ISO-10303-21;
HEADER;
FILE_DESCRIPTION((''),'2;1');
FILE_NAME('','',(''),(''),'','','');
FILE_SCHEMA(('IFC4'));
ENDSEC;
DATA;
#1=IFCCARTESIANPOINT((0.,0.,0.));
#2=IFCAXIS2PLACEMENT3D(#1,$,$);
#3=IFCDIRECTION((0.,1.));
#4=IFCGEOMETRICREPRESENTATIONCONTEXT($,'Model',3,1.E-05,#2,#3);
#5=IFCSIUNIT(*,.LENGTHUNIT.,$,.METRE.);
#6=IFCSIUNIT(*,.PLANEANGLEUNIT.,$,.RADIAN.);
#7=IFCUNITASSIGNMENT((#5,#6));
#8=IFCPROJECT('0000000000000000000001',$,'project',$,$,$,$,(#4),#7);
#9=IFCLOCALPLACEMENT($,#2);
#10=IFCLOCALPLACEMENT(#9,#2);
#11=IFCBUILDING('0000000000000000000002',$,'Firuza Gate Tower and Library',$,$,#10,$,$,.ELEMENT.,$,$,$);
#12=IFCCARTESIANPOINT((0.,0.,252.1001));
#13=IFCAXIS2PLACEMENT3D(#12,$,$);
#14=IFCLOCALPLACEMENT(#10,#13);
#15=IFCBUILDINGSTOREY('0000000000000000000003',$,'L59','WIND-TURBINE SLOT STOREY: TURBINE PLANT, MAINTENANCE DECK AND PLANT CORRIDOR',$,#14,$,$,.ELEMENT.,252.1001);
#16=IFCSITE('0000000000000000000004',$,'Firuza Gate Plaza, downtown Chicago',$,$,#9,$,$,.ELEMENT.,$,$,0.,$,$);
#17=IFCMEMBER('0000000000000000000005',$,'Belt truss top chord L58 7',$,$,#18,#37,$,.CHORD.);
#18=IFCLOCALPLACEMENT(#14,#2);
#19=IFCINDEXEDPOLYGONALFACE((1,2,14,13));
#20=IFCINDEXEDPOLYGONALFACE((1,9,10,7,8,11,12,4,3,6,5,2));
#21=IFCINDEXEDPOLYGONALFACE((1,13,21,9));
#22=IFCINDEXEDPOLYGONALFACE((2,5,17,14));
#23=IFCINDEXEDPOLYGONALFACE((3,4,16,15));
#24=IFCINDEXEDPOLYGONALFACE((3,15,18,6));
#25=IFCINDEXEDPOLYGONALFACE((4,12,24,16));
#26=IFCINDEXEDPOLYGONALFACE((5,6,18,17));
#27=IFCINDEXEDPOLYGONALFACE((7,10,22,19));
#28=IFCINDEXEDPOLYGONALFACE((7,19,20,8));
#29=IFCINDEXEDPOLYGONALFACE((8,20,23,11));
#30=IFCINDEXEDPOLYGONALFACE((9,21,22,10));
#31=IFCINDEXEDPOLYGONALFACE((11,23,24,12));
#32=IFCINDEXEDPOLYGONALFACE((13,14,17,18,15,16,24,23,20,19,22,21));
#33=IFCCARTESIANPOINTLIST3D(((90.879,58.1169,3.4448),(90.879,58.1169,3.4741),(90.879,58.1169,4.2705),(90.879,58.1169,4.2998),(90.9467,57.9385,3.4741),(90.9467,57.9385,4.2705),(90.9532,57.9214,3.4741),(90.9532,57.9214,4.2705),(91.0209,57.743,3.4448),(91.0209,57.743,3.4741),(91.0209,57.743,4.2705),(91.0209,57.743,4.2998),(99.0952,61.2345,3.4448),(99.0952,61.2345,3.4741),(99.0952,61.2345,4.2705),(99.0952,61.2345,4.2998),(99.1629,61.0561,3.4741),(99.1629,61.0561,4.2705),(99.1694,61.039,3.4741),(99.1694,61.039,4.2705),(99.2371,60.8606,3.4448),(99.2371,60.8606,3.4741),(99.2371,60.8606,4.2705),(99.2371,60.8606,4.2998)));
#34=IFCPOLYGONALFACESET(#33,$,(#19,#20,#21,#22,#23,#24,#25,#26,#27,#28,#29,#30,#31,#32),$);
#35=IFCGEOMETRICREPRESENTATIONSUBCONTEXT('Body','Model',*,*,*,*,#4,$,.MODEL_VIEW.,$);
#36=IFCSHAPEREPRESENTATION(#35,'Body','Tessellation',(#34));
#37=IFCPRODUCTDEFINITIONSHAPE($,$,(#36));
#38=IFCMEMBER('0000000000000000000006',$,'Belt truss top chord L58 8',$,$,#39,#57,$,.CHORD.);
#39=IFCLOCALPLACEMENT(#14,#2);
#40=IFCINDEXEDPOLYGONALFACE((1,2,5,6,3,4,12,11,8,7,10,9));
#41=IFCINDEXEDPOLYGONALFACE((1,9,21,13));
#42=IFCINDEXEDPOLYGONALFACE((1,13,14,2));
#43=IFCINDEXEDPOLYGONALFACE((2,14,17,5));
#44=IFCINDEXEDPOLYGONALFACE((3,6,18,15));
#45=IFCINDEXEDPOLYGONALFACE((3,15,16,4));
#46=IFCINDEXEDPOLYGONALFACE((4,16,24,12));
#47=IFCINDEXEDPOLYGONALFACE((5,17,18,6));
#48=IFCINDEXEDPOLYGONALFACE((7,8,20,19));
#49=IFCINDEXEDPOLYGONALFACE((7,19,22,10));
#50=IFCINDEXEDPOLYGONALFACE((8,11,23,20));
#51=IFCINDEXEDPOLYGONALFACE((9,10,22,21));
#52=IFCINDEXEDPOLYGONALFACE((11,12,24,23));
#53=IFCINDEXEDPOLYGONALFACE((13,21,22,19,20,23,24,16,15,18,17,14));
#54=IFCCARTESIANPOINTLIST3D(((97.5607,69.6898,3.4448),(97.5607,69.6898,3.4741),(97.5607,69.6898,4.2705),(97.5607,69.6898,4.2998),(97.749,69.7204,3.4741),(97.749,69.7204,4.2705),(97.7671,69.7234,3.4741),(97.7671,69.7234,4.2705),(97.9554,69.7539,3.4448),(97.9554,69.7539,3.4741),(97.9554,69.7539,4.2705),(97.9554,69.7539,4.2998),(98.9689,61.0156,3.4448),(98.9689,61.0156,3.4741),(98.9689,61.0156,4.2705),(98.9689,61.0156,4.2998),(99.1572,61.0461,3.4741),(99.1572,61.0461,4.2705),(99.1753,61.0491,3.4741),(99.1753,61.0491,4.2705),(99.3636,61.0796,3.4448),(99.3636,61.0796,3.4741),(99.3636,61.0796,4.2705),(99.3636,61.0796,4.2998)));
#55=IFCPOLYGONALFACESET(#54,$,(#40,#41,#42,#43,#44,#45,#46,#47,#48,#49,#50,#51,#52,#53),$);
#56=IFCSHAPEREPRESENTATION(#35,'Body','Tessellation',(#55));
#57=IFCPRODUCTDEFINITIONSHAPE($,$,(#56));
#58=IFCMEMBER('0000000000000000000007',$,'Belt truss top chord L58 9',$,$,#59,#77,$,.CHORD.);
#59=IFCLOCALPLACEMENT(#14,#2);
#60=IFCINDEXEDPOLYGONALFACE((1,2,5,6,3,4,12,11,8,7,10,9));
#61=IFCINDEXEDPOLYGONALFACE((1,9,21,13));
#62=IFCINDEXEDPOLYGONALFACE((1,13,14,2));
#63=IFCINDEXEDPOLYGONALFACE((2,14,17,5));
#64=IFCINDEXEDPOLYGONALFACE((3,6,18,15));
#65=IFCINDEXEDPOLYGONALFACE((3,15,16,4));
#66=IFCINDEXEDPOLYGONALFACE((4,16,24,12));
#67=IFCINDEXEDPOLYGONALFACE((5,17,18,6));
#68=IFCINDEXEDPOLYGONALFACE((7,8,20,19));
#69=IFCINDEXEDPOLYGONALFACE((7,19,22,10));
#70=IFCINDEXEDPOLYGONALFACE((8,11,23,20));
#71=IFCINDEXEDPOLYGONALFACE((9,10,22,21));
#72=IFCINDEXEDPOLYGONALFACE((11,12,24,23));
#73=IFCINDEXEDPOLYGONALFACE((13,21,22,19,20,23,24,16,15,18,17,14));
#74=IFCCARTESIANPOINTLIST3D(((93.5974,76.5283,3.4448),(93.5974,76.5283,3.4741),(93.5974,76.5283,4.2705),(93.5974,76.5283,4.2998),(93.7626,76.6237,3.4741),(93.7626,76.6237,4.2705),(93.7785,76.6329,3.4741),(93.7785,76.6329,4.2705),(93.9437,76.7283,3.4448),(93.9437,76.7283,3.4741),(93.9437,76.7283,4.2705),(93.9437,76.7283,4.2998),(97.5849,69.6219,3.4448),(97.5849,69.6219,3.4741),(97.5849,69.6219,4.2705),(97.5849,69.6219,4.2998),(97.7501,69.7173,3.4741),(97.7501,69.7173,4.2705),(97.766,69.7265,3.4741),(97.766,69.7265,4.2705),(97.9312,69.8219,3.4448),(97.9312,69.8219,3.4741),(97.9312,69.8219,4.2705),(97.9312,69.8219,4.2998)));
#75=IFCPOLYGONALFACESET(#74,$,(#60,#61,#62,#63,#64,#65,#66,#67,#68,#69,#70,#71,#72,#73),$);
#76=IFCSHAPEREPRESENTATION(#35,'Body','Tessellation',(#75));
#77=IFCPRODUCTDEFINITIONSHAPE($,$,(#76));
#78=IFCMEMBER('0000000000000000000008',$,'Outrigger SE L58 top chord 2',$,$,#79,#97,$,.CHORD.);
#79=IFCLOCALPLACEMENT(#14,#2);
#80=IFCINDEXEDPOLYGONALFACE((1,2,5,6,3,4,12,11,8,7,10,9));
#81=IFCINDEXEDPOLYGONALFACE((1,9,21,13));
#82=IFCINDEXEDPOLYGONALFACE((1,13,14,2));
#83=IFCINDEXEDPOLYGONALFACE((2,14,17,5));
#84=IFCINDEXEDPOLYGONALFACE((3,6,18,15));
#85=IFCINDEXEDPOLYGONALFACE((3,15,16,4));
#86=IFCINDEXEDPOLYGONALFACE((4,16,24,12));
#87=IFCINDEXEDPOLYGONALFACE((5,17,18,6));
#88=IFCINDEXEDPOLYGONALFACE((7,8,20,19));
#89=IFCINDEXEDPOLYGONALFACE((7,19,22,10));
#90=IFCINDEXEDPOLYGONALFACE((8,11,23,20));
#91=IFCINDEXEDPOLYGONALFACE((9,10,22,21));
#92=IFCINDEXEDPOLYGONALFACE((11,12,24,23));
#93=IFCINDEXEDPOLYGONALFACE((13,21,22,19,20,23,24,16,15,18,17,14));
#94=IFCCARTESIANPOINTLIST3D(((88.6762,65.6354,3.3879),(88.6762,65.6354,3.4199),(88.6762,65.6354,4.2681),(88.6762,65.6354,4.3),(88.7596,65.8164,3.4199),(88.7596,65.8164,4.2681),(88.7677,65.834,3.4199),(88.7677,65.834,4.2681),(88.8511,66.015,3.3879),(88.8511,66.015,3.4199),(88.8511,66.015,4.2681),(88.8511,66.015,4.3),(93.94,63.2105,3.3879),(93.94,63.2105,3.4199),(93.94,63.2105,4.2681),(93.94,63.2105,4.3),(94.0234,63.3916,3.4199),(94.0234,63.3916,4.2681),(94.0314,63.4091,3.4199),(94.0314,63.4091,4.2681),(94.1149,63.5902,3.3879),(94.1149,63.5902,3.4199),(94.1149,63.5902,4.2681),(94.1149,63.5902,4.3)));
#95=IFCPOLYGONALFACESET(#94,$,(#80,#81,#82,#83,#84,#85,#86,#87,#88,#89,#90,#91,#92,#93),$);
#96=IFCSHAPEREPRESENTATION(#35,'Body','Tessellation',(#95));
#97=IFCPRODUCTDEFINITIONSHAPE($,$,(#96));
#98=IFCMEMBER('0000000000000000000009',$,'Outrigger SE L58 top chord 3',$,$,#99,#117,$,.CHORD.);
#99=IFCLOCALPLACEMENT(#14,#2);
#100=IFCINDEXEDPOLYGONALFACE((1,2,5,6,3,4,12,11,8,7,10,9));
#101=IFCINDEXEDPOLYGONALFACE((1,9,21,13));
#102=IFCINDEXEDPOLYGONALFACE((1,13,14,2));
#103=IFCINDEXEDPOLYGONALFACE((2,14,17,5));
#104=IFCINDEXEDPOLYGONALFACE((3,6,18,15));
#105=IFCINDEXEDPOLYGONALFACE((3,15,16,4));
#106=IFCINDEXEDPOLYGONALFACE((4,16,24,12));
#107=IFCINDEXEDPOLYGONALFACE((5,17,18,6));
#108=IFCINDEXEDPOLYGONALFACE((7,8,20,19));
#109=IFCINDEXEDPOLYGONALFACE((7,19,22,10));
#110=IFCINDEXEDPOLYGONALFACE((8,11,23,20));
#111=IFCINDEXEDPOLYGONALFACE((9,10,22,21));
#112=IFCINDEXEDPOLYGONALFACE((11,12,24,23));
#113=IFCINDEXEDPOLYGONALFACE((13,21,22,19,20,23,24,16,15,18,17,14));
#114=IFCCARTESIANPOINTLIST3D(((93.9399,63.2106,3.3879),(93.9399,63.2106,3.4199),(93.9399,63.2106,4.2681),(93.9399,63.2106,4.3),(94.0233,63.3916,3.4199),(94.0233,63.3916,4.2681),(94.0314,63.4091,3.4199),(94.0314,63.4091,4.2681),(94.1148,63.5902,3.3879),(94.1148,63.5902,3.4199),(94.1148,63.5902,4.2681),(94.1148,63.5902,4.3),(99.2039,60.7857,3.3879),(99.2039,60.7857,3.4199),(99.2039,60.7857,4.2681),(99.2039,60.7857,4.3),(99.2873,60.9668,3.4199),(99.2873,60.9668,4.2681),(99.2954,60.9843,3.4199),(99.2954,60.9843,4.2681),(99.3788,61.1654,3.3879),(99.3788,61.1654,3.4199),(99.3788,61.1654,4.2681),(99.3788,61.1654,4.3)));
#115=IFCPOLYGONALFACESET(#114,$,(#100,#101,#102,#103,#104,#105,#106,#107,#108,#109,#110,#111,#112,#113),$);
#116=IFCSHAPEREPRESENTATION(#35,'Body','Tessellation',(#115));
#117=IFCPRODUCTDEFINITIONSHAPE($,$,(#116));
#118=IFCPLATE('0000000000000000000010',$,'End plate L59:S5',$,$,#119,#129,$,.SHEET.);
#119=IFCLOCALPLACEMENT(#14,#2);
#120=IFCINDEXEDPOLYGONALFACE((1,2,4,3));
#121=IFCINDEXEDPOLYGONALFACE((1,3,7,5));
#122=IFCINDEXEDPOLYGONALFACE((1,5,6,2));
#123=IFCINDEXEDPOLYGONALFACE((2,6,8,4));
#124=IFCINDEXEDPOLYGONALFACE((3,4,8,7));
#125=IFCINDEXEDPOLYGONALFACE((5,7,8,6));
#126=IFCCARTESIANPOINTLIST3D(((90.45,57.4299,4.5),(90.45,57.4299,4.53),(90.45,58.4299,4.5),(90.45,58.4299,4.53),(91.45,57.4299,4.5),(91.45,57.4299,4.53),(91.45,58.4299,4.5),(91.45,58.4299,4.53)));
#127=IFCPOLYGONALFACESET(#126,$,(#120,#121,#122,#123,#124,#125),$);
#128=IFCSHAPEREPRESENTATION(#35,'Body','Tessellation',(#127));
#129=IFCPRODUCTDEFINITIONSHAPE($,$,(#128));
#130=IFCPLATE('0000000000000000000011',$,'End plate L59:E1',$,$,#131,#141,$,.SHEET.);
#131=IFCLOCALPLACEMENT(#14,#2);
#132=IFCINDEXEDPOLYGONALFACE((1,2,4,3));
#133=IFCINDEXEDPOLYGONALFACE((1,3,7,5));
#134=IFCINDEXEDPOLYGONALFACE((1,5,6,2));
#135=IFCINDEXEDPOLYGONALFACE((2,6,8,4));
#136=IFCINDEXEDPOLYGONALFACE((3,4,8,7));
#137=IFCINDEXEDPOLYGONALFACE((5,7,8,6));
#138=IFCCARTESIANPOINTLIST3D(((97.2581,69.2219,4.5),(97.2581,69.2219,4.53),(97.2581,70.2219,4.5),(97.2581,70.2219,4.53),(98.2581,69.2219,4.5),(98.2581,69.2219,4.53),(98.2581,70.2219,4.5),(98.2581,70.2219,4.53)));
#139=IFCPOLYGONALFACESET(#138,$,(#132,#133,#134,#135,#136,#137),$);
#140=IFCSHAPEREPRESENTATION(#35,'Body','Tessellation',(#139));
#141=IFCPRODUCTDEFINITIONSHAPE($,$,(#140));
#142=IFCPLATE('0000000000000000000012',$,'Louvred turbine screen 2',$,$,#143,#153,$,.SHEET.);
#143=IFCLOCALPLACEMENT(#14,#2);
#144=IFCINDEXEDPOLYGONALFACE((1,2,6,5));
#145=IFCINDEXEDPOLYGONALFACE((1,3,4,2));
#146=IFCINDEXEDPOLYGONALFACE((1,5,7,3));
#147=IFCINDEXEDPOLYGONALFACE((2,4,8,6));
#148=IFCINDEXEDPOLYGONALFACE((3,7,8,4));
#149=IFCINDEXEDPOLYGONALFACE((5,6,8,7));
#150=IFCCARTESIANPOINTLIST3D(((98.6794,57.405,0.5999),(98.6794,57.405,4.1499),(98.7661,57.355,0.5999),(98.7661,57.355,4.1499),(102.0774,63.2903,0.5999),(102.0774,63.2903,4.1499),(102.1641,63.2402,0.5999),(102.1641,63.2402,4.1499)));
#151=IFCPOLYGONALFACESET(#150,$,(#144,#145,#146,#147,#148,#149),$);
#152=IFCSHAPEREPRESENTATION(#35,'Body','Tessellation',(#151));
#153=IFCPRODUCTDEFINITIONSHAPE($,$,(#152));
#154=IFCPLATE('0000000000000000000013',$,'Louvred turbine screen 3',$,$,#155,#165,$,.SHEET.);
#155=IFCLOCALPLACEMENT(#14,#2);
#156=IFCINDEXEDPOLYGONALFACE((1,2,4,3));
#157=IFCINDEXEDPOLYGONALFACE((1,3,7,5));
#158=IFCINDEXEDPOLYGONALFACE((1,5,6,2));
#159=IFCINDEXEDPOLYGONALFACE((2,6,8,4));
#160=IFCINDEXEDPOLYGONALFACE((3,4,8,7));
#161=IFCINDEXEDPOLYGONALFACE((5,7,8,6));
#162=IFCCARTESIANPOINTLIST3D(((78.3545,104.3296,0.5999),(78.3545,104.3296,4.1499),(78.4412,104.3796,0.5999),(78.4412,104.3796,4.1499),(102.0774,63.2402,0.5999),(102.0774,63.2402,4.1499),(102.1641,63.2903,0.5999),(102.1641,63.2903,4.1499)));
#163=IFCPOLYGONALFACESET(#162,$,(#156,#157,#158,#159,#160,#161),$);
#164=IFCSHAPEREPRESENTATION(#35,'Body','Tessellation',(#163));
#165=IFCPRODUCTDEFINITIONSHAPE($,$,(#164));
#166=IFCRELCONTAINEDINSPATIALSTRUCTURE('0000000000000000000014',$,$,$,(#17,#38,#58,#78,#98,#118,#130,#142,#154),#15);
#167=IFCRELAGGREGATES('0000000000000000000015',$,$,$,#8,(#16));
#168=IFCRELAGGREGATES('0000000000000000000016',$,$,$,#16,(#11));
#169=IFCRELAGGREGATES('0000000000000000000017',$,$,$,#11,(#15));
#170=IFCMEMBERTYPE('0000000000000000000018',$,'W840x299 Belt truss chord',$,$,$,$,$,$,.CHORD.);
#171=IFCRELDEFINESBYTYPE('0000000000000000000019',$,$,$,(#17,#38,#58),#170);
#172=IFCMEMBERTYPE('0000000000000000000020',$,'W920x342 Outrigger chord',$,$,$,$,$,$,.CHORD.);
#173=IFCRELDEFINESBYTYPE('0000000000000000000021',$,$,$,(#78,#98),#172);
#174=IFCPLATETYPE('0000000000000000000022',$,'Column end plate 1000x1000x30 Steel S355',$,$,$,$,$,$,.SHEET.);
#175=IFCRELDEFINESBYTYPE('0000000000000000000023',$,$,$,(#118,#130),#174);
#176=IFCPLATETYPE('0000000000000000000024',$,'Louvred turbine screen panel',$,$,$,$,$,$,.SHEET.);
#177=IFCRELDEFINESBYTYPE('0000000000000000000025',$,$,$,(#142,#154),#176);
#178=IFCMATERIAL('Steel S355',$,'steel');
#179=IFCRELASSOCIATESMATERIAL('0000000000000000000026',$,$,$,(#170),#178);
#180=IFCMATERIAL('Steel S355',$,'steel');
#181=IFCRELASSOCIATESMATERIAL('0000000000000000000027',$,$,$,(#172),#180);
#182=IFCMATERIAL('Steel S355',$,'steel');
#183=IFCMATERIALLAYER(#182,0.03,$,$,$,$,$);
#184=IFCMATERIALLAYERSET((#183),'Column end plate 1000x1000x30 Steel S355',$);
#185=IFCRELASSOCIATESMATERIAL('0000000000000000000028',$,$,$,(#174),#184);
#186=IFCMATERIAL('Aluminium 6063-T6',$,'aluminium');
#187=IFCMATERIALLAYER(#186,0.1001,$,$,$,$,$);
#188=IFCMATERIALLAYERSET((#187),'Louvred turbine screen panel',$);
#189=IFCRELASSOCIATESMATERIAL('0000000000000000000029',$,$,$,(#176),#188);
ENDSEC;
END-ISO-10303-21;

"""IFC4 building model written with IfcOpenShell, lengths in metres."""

from ifc_helpers import new_model, si_unit, direction, frame, origin, origin_2d, place, context, subcontext, project, spatial, polyline, rectangle, i_section, outline, extrude, material, layer, layer_set, material_profile, profile_set, type_object, element, save


model = new_model("IFC4")

# Units and contexts
model_context = context("Model", 3, precision=1e-05, world=origin(), true_north=direction((0.0, 1.0)))
body_context = subcontext(model_context, "Body", "Model", "MODEL_VIEW")
ifc_project = project(units=[si_unit("LENGTHUNIT", "METRE"), si_unit("PLANEANGLEUNIT", "RADIAN")], contexts=[model_context])

# Site, building, storey
site_placement = place(None, origin())
site = spatial("IfcSite", under=ifc_project, at=site_placement, Name="Firuza Gate Plaza, downtown Chicago", CompositionType="ELEMENT", RefElevation=0.0)
building_placement = place(site_placement, origin())
building = spatial("IfcBuilding", under=site, at=building_placement, Name="Firuza Gate Tower and Library", CompositionType="ELEMENT")
storey_placement = place(building_placement, frame((0.0, 0.0, 252.1001)))
storey = spatial("IfcBuildingStorey", under=building, at=storey_placement, Name="L59", Description="WIND-TURBINE SLOT STOREY: TURBINE PLANT, MAINTENANCE DECK AND PLANT CORRIDOR", CompositionType="ELEMENT", Elevation=252.1001)

# Members
ifc_material_1 = material(Name="Steel S355", Category="steel")
ifc_material_profile_1 = material_profile(ifc_material_1, i_section(OverallWidth=0.3999, OverallDepth=0.855, WebThickness=0.0183, FlangeThickness=0.0293, at=origin_2d()))
ifc_profile_set_1 = profile_set([ifc_material_profile_1], Name="Steel S355")
member_type_1 = type_object("IfcMemberType", Name="W840x299 Belt truss chord", PredefinedType="CHORD", material=ifc_profile_set_1)
for number, where, z_axis, x_axis, name in (
    (1, (90.95, 57.9299, 3.8723), (0.934954, 0.354768, 0.0), (-0.354768, 0.934954, 0.0), "Belt truss top chord L58 7"),
    (2, (99.1663, 61.0476, 3.8723), (-0.160244, 0.987077, 0.0), (-0.987077, -0.160244, 0.0), "Belt truss top chord L58 8"),
):
    element("IfcMember", number, at=place(storey_placement, frame(where, z_axis=z_axis, x_axis=x_axis)), inside=storey, type_object=member_type_1, Name=name, PredefinedType="CHORD", context=body_context, shape_type="SweptSolid", body=[
        extrude(i_section(OverallWidth=0.3999, OverallDepth=0.855, WebThickness=0.0183, FlangeThickness=0.0293, at=origin_2d()), origin(), (0.0, 0.0, 1.0), 8.7878),
    ])
member_1_placement = place(storey_placement, frame((97.7581, 69.7219, 3.8723), z_axis=(-0.500008, 0.866021, 0.0), x_axis=(-0.866021, -0.500008, 0.0)))
element("IfcMember", 3, at=member_1_placement, inside=storey, type_object=member_type_1, Name="Belt truss top chord L58 9", PredefinedType="CHORD", context=body_context, shape_type="SweptSolid", body=[
    extrude(i_section(OverallWidth=0.3999, OverallDepth=0.855, WebThickness=0.0183, FlangeThickness=0.0293, at=origin_2d()), origin(), (0.0, 0.0, 1.0), 7.9749),
])
ifc_material_2 = material(Name="Steel S355", Category="steel")
ifc_material_profile_2 = material_profile(ifc_material_2, i_section(OverallWidth=0.418, OverallDepth=0.9121, WebThickness=0.0193, FlangeThickness=0.032, at=origin_2d()))
ifc_profile_set_2 = profile_set([ifc_material_profile_2], Name="Steel S355")
member_type_2 = type_object("IfcMemberType", Name="W920x342 Outrigger chord", PredefinedType="CHORD", material=ifc_profile_set_2)
member_2_placement = place(storey_placement, frame((88.7637, 65.8252, 3.844), z_axis=(0.90826, -0.418406, 0.0), x_axis=(0.418406, 0.90826, 0.0)))
element("IfcMember", 4, at=member_2_placement, inside=storey, type_object=member_type_2, Name="Outrigger SE L58 top chord 2", PredefinedType="CHORD", context=body_context, shape_type="SweptSolid", body=[
    extrude(i_section(OverallWidth=0.418, OverallDepth=0.9121, WebThickness=0.0193, FlangeThickness=0.032, at=origin_2d()), origin(), (0.0, 0.0, 1.0), 5.7954),
])
member_3_placement = place(storey_placement, frame((94.0273, 63.4004, 3.844), z_axis=(0.908267, -0.41839, 0.0), x_axis=(0.41839, 0.908267, 0.0)))
element("IfcMember", 5, at=member_3_placement, inside=storey, type_object=member_type_2, Name="Outrigger SE L58 top chord 3", PredefinedType="CHORD", context=body_context, shape_type="SweptSolid", body=[
    extrude(i_section(OverallWidth=0.418, OverallDepth=0.9121, WebThickness=0.0193, FlangeThickness=0.032, at=origin_2d()), origin(), (0.0, 0.0, 1.0), 5.7957),
])

# Plates
ifc_material_3 = material(Name="Steel S355", Category="steel")
ifc_layer_1 = layer(ifc_material_3, 0.03)
ifc_layer_set_1 = layer_set([ifc_layer_1], Name="Column end plate 1000x1000x30 Steel S355")
plate_type_1 = type_object("IfcPlateType", Name="Column end plate 1000x1000x30 Steel S355", PredefinedType="SHEET", material=ifc_layer_set_1)
for number, where, z_axis, x_axis, name in (
    (6, (90.95, 57.9299, 4.5), (0.0, 0.0, 1.0), (1.0, 0.0, 0.0), "End plate L59:S5"),
    (7, (97.7581, 69.7219, 4.5), (0.0, 0.0, 1.0), (1.0, 0.0, 0.0), "End plate L59:E1"),
):
    element("IfcPlate", number, at=place(storey_placement, frame(where, z_axis=z_axis, x_axis=x_axis)), inside=storey, type_object=plate_type_1, Name=name, PredefinedType="SHEET", context=body_context, shape_type="SweptSolid", body=[
        extrude(rectangle(XDim=1.0, YDim=1.0, at=origin_2d()), origin(), (0.0, 0.0, 1.0), 0.03),
    ])
ifc_material_4 = material(Name="Aluminium 6063-T6", Category="aluminium")
ifc_layer_2 = layer(ifc_material_4, 0.1001)
ifc_layer_set_2 = layer_set([ifc_layer_2], Name="Louvred turbine screen panel")
plate_type_2 = type_object("IfcPlateType", Name="Louvred turbine screen panel", PredefinedType="SHEET", material=ifc_layer_set_2)
plate_1_placement = place(storey_placement, frame((98.7661, 57.355, 0.5999), z_axis=(0.866019, -0.500011, 0.0), x_axis=(0.500011, 0.866019, 0.0)))
element("IfcPlate", 8, at=plate_1_placement, inside=storey, type_object=plate_type_2, Name="Louvred turbine screen 2", PredefinedType="SHEET", context=body_context, shape_type="SweptSolid", body=[
    extrude(outline(polyline([(0.0, 0.0), (6.7958, 0.0), (6.7958, 3.55), (0.0, 3.55), (0.0, 0.0)])), origin(), (0.0, 0.0, -1.0), 0.1001),
])
plate_2_placement = place(storey_placement, frame((102.1641, 63.2903, 0.5999), z_axis=(0.866026, 0.499999, 0.0), x_axis=(-0.499999, 0.866026, 0.0)))
element("IfcPlate", 9, at=plate_2_placement, inside=storey, type_object=plate_type_2, Name="Louvred turbine screen 3", PredefinedType="SHEET", context=body_context, shape_type="SweptSolid", body=[
    extrude(outline(polyline([(0.0, 0.0), (47.4459, 0.0), (47.4459, 3.55), (0.0, 3.55), (0.0, 0.0)])), origin(), (0.0, 0.0, -1.0), 0.1001),
])

save(model, "model.ifc")
